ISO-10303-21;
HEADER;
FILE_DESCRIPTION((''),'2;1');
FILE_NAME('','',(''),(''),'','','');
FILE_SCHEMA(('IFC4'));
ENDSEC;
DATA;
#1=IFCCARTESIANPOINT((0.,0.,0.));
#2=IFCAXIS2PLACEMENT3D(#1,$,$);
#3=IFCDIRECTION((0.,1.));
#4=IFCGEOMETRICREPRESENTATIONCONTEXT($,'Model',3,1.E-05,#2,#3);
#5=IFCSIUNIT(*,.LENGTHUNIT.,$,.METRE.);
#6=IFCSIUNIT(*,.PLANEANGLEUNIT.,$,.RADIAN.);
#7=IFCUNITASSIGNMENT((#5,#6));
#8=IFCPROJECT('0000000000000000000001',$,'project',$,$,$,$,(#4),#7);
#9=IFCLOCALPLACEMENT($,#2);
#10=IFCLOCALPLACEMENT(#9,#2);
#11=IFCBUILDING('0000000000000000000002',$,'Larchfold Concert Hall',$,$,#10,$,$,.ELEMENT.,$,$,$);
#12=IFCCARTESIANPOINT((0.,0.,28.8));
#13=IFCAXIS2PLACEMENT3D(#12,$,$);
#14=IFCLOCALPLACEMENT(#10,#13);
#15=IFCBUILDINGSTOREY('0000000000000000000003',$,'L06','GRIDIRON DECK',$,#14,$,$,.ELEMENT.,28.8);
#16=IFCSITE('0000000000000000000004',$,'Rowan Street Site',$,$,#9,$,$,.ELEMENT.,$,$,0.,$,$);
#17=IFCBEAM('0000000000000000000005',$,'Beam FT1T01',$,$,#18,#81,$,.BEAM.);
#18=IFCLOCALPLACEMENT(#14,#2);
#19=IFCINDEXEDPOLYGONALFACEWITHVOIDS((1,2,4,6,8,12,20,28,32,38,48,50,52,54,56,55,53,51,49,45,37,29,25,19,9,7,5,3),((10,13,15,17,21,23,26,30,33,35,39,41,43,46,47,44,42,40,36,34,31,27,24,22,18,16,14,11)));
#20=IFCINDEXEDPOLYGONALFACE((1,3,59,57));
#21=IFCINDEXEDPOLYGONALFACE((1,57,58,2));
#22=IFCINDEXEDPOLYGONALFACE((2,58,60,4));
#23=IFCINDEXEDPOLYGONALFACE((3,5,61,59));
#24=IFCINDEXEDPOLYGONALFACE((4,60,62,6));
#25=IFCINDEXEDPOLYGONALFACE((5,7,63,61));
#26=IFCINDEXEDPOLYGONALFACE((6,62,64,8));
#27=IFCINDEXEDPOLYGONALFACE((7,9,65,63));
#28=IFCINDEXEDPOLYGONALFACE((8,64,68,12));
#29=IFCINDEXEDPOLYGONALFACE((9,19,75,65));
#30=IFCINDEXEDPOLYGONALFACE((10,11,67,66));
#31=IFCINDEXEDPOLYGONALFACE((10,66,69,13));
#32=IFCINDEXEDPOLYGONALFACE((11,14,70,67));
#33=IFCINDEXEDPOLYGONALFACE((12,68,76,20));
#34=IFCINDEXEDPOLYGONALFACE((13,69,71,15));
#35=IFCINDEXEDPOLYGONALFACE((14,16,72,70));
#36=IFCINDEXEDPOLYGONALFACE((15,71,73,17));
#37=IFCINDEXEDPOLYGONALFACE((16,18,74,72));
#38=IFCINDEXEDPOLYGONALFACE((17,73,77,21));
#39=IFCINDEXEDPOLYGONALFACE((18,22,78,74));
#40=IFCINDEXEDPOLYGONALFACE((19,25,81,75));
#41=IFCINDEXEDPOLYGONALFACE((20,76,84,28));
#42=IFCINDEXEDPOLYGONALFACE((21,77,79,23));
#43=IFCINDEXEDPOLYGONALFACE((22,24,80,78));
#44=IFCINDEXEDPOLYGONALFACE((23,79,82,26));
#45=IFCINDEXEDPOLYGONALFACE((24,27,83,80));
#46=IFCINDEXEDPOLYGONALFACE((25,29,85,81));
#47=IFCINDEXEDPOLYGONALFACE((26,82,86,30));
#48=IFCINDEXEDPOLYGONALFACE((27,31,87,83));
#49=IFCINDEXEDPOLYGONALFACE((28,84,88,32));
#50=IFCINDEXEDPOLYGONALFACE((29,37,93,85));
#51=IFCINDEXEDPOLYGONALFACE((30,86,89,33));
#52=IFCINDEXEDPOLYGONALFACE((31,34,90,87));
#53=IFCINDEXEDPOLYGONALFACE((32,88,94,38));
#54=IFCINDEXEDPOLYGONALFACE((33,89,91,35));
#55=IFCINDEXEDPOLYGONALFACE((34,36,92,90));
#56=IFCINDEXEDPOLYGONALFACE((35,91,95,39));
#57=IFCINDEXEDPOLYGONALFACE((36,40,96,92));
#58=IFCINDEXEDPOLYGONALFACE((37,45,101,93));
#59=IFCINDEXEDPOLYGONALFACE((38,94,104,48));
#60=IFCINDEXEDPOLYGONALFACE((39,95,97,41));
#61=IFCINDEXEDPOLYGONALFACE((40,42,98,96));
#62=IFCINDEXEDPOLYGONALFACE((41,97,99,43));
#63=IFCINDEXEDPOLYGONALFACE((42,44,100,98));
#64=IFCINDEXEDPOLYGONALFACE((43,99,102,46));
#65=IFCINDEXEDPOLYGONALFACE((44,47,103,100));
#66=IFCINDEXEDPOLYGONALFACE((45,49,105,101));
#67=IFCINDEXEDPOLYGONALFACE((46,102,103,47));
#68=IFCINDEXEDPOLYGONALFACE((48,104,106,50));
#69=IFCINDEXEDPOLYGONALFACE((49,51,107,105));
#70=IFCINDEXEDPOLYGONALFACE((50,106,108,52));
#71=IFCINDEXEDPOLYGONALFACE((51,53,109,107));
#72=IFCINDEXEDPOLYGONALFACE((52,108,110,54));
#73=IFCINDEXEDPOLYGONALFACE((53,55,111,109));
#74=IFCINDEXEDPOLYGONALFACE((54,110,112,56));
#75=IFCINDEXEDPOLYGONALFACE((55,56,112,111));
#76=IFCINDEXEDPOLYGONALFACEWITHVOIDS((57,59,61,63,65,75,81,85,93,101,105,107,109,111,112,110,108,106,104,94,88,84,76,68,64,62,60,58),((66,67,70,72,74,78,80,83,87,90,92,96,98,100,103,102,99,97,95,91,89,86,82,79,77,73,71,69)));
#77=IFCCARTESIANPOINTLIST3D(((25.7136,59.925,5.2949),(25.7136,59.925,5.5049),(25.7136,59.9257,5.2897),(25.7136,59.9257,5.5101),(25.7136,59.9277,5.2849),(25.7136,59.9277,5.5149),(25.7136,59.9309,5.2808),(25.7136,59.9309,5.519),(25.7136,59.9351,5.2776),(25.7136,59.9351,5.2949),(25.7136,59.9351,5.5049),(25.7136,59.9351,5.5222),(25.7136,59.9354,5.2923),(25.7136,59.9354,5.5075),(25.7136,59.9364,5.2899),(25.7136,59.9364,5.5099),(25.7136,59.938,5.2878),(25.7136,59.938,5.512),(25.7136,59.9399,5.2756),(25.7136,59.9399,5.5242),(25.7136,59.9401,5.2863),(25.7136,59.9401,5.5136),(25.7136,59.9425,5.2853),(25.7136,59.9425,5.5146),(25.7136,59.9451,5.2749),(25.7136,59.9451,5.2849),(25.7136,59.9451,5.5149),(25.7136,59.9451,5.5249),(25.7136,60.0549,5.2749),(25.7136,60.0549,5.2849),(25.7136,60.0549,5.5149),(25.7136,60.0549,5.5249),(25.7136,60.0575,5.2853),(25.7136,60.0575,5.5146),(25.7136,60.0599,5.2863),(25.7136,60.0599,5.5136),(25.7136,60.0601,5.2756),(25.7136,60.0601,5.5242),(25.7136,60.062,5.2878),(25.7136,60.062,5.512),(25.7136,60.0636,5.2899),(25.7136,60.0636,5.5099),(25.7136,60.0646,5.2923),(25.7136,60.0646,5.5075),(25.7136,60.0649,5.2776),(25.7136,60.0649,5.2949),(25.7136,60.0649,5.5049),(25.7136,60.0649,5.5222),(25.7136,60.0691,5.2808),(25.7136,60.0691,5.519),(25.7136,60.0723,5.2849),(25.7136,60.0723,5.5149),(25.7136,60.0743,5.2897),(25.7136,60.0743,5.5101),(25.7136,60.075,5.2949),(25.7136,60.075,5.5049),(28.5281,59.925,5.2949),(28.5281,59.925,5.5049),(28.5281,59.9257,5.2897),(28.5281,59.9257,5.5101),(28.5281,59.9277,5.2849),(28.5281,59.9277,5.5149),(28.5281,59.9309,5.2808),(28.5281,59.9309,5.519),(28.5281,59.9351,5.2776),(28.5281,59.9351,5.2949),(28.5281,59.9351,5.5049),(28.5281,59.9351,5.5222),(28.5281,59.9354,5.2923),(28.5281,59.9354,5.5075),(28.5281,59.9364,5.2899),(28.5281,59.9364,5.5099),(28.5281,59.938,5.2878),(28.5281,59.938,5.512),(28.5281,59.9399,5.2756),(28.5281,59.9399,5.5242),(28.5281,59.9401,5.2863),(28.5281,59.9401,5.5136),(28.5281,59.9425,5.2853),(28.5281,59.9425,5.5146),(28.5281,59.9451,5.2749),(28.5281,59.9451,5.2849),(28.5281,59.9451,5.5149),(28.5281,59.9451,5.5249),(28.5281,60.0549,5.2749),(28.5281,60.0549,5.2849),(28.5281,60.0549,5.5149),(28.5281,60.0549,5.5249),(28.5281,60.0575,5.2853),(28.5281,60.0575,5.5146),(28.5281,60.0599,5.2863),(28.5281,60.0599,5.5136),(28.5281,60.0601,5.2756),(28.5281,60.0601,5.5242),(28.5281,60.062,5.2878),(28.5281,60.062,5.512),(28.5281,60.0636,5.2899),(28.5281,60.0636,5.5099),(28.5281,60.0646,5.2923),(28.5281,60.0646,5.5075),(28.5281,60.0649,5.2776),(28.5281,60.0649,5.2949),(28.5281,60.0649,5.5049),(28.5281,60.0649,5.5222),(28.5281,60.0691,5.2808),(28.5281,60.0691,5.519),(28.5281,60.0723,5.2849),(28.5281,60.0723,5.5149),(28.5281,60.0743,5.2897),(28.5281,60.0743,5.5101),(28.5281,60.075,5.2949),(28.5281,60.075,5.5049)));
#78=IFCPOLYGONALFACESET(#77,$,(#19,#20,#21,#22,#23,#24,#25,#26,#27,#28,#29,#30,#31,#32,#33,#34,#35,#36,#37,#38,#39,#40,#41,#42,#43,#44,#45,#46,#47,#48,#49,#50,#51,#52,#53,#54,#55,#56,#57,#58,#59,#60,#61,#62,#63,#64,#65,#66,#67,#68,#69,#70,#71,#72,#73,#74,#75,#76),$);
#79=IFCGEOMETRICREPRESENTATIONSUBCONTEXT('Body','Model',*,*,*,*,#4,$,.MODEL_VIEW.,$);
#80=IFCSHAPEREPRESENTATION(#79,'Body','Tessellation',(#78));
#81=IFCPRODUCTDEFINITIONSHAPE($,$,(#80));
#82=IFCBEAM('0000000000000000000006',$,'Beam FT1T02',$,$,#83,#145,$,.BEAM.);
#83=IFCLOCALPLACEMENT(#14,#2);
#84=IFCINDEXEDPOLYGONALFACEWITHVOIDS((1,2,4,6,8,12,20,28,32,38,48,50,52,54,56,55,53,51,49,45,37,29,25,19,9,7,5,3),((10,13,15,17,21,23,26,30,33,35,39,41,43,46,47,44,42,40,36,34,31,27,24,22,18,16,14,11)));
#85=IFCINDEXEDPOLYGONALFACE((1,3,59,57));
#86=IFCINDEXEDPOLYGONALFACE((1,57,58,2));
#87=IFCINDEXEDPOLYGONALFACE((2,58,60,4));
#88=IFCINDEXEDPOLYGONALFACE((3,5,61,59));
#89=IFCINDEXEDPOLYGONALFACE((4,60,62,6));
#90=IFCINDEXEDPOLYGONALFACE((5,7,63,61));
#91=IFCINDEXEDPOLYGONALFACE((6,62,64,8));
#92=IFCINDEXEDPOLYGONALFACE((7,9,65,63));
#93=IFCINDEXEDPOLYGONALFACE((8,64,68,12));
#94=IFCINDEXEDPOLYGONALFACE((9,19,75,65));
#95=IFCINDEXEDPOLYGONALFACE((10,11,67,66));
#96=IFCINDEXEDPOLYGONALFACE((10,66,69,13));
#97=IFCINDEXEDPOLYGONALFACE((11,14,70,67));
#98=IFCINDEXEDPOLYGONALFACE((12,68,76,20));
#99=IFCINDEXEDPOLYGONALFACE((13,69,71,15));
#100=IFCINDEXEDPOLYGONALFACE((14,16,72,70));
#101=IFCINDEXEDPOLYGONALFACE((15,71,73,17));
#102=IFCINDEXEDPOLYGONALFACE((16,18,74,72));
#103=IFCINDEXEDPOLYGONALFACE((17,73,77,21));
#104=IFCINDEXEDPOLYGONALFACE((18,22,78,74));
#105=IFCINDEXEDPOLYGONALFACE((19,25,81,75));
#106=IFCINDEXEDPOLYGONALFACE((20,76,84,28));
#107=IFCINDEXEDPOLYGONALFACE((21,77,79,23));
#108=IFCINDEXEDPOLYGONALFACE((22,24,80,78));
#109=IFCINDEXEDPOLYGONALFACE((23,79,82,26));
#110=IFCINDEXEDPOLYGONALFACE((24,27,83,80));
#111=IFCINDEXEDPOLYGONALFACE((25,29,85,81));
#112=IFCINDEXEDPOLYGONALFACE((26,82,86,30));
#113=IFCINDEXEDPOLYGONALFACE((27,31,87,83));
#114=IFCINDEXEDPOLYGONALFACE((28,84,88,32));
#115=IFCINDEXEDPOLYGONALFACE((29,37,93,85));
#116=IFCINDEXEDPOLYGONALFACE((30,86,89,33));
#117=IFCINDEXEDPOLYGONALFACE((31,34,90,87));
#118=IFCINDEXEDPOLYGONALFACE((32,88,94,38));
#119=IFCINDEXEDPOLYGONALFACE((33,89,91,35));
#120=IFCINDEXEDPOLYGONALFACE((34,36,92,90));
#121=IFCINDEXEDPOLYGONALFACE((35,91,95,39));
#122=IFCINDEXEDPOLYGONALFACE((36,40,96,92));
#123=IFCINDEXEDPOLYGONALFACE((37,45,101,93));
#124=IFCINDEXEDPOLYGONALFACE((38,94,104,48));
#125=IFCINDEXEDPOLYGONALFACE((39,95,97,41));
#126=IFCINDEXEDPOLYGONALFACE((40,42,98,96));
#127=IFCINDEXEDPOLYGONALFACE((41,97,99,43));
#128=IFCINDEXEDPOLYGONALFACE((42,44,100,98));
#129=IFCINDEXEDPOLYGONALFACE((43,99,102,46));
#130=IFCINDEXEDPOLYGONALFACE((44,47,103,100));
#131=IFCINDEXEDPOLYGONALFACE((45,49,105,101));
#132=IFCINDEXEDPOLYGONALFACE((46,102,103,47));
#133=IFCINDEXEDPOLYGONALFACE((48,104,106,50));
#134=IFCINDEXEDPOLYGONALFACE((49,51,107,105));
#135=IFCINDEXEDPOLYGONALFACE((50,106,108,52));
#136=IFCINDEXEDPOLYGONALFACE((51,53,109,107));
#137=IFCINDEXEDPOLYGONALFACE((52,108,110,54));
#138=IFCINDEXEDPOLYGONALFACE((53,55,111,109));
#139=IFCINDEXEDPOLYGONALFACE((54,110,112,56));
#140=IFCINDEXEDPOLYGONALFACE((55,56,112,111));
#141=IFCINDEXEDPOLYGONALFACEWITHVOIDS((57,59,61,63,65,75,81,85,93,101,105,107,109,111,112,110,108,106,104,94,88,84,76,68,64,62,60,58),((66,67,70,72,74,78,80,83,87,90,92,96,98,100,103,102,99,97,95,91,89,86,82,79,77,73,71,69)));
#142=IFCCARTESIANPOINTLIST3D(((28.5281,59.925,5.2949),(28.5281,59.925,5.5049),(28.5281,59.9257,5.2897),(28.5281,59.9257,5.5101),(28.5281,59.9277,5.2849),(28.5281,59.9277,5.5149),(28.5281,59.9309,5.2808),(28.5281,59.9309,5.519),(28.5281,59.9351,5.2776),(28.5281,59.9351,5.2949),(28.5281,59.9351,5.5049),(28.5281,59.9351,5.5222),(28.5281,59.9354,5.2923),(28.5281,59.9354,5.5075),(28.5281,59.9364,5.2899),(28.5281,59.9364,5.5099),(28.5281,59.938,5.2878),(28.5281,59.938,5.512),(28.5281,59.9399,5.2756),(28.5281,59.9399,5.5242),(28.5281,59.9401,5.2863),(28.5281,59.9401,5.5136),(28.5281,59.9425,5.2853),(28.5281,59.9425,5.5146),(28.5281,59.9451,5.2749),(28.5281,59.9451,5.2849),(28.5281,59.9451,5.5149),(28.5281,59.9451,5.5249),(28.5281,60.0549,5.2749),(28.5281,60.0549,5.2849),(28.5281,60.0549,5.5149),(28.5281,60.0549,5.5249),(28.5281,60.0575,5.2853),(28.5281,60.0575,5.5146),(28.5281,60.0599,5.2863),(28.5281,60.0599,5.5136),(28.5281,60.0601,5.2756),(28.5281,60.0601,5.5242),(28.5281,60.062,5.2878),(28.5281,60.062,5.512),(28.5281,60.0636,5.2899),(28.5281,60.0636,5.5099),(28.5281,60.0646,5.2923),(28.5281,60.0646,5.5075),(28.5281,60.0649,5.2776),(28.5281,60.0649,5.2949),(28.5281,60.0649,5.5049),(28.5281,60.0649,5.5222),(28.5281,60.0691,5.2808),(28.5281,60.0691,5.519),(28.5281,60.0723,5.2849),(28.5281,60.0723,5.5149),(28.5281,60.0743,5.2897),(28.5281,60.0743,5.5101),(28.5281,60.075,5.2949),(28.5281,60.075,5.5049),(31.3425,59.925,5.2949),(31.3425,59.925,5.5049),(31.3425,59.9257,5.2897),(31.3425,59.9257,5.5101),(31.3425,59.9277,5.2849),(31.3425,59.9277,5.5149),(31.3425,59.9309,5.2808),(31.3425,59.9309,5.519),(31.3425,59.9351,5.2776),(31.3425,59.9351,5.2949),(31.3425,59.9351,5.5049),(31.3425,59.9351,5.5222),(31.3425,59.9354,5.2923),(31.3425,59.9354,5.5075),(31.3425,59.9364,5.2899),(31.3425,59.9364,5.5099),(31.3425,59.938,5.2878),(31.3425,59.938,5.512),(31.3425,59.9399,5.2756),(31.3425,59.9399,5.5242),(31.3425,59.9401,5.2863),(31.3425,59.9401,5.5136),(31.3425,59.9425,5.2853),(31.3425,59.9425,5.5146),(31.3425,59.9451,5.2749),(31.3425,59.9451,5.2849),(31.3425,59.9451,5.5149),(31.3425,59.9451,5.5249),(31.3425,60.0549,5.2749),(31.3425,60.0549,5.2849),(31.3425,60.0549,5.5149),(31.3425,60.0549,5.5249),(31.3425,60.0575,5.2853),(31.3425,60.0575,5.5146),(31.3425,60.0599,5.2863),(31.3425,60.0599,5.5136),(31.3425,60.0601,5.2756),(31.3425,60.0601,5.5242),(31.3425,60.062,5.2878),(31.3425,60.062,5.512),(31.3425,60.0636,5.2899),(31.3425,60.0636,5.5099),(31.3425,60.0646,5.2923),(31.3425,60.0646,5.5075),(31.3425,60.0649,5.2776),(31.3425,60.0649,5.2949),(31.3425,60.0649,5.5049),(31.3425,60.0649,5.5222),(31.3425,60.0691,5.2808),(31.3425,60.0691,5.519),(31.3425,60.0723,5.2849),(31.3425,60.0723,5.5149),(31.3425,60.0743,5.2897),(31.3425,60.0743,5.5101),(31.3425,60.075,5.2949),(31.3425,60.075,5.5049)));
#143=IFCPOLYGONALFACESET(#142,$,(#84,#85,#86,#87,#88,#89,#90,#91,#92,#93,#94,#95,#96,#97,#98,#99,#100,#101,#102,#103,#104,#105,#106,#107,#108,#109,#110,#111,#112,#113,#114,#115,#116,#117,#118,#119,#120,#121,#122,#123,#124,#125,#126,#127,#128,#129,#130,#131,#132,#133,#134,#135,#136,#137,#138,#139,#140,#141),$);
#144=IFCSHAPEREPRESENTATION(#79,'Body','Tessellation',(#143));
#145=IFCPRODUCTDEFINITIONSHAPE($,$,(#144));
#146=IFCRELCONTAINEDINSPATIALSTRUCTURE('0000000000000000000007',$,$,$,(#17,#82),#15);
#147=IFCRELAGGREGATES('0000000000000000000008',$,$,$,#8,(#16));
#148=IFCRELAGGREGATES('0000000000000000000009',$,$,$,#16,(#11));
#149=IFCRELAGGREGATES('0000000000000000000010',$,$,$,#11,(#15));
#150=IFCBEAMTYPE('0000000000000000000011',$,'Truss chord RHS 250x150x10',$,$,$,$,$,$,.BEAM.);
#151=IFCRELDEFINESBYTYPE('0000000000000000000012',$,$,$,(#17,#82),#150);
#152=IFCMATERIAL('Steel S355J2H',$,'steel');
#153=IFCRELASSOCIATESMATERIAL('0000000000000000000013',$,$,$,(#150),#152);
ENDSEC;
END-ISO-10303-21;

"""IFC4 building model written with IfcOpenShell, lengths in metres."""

from ifc_helpers import new_model, si_unit, direction, frame, origin, origin_2d, place, context, subcontext, project, spatial, hollow_rectangle, extrude, material, material_profile, profile_set, type_object, element, save


model = new_model("IFC4")

# Units and contexts
model_context = context("Model", 3, precision=1e-05, world=origin(), true_north=direction((0.0, 1.0)))
body_context = subcontext(model_context, "Body", "Model", "MODEL_VIEW")
ifc_project = project(units=[si_unit("LENGTHUNIT", "METRE"), si_unit("PLANEANGLEUNIT", "RADIAN")], contexts=[model_context])

# Site, building, storey
site_placement = place(None, origin())
site = spatial("IfcSite", under=ifc_project, at=site_placement, Name="Rowan Street Site", CompositionType="ELEMENT", RefElevation=0.0)
building_placement = place(site_placement, origin())
building = spatial("IfcBuilding", under=site, at=building_placement, Name="Larchfold Concert Hall", CompositionType="ELEMENT")
storey_placement = place(building_placement, frame((0.0, 0.0, 28.8)))
storey = spatial("IfcBuildingStorey", under=building, at=storey_placement, Name="L06", Description="GRIDIRON DECK", CompositionType="ELEMENT", Elevation=28.8)

# Beams
ifc_material_1 = material(Name="Steel S355J2H", Category="steel")
ifc_material_profile_1 = material_profile(ifc_material_1, hollow_rectangle(XDim=0.1499, YDim=0.25, WallThickness=0.01, InnerFilletRadius=0.01, OuterFilletRadius=0.02, at=origin_2d()))
ifc_profile_set_1 = profile_set([ifc_material_profile_1], Name="Steel S355J2H")
beam_type_1 = type_object("IfcBeamType", Name="Truss chord RHS 250x150x10", PredefinedType="BEAM", material=ifc_profile_set_1)
for number, where, z_axis, x_axis, name in (
    (1, (25.7136, 60.0, 5.3999), (1.0, 0.0, 0.0), (0.0, 1.0, 0.0), "Beam FT1T01"),
    (2, (28.5281, 60.0, 5.3999), (1.0, 0.0, 0.0), (0.0, 1.0, 0.0), "Beam FT1T02"),
):
    element("IfcBeam", number, at=place(storey_placement, frame(where, z_axis=z_axis, x_axis=x_axis)), inside=storey, type_object=beam_type_1, Name=name, PredefinedType="BEAM", context=body_context, shape_type="SweptSolid", body=[
        extrude(hollow_rectangle(XDim=0.1499, YDim=0.25, WallThickness=0.01, InnerFilletRadius=0.01, OuterFilletRadius=0.02, at=origin_2d()), origin(), (0.0, 0.0, 1.0), 2.8145),
    ])

save(model, "model.ifc")
